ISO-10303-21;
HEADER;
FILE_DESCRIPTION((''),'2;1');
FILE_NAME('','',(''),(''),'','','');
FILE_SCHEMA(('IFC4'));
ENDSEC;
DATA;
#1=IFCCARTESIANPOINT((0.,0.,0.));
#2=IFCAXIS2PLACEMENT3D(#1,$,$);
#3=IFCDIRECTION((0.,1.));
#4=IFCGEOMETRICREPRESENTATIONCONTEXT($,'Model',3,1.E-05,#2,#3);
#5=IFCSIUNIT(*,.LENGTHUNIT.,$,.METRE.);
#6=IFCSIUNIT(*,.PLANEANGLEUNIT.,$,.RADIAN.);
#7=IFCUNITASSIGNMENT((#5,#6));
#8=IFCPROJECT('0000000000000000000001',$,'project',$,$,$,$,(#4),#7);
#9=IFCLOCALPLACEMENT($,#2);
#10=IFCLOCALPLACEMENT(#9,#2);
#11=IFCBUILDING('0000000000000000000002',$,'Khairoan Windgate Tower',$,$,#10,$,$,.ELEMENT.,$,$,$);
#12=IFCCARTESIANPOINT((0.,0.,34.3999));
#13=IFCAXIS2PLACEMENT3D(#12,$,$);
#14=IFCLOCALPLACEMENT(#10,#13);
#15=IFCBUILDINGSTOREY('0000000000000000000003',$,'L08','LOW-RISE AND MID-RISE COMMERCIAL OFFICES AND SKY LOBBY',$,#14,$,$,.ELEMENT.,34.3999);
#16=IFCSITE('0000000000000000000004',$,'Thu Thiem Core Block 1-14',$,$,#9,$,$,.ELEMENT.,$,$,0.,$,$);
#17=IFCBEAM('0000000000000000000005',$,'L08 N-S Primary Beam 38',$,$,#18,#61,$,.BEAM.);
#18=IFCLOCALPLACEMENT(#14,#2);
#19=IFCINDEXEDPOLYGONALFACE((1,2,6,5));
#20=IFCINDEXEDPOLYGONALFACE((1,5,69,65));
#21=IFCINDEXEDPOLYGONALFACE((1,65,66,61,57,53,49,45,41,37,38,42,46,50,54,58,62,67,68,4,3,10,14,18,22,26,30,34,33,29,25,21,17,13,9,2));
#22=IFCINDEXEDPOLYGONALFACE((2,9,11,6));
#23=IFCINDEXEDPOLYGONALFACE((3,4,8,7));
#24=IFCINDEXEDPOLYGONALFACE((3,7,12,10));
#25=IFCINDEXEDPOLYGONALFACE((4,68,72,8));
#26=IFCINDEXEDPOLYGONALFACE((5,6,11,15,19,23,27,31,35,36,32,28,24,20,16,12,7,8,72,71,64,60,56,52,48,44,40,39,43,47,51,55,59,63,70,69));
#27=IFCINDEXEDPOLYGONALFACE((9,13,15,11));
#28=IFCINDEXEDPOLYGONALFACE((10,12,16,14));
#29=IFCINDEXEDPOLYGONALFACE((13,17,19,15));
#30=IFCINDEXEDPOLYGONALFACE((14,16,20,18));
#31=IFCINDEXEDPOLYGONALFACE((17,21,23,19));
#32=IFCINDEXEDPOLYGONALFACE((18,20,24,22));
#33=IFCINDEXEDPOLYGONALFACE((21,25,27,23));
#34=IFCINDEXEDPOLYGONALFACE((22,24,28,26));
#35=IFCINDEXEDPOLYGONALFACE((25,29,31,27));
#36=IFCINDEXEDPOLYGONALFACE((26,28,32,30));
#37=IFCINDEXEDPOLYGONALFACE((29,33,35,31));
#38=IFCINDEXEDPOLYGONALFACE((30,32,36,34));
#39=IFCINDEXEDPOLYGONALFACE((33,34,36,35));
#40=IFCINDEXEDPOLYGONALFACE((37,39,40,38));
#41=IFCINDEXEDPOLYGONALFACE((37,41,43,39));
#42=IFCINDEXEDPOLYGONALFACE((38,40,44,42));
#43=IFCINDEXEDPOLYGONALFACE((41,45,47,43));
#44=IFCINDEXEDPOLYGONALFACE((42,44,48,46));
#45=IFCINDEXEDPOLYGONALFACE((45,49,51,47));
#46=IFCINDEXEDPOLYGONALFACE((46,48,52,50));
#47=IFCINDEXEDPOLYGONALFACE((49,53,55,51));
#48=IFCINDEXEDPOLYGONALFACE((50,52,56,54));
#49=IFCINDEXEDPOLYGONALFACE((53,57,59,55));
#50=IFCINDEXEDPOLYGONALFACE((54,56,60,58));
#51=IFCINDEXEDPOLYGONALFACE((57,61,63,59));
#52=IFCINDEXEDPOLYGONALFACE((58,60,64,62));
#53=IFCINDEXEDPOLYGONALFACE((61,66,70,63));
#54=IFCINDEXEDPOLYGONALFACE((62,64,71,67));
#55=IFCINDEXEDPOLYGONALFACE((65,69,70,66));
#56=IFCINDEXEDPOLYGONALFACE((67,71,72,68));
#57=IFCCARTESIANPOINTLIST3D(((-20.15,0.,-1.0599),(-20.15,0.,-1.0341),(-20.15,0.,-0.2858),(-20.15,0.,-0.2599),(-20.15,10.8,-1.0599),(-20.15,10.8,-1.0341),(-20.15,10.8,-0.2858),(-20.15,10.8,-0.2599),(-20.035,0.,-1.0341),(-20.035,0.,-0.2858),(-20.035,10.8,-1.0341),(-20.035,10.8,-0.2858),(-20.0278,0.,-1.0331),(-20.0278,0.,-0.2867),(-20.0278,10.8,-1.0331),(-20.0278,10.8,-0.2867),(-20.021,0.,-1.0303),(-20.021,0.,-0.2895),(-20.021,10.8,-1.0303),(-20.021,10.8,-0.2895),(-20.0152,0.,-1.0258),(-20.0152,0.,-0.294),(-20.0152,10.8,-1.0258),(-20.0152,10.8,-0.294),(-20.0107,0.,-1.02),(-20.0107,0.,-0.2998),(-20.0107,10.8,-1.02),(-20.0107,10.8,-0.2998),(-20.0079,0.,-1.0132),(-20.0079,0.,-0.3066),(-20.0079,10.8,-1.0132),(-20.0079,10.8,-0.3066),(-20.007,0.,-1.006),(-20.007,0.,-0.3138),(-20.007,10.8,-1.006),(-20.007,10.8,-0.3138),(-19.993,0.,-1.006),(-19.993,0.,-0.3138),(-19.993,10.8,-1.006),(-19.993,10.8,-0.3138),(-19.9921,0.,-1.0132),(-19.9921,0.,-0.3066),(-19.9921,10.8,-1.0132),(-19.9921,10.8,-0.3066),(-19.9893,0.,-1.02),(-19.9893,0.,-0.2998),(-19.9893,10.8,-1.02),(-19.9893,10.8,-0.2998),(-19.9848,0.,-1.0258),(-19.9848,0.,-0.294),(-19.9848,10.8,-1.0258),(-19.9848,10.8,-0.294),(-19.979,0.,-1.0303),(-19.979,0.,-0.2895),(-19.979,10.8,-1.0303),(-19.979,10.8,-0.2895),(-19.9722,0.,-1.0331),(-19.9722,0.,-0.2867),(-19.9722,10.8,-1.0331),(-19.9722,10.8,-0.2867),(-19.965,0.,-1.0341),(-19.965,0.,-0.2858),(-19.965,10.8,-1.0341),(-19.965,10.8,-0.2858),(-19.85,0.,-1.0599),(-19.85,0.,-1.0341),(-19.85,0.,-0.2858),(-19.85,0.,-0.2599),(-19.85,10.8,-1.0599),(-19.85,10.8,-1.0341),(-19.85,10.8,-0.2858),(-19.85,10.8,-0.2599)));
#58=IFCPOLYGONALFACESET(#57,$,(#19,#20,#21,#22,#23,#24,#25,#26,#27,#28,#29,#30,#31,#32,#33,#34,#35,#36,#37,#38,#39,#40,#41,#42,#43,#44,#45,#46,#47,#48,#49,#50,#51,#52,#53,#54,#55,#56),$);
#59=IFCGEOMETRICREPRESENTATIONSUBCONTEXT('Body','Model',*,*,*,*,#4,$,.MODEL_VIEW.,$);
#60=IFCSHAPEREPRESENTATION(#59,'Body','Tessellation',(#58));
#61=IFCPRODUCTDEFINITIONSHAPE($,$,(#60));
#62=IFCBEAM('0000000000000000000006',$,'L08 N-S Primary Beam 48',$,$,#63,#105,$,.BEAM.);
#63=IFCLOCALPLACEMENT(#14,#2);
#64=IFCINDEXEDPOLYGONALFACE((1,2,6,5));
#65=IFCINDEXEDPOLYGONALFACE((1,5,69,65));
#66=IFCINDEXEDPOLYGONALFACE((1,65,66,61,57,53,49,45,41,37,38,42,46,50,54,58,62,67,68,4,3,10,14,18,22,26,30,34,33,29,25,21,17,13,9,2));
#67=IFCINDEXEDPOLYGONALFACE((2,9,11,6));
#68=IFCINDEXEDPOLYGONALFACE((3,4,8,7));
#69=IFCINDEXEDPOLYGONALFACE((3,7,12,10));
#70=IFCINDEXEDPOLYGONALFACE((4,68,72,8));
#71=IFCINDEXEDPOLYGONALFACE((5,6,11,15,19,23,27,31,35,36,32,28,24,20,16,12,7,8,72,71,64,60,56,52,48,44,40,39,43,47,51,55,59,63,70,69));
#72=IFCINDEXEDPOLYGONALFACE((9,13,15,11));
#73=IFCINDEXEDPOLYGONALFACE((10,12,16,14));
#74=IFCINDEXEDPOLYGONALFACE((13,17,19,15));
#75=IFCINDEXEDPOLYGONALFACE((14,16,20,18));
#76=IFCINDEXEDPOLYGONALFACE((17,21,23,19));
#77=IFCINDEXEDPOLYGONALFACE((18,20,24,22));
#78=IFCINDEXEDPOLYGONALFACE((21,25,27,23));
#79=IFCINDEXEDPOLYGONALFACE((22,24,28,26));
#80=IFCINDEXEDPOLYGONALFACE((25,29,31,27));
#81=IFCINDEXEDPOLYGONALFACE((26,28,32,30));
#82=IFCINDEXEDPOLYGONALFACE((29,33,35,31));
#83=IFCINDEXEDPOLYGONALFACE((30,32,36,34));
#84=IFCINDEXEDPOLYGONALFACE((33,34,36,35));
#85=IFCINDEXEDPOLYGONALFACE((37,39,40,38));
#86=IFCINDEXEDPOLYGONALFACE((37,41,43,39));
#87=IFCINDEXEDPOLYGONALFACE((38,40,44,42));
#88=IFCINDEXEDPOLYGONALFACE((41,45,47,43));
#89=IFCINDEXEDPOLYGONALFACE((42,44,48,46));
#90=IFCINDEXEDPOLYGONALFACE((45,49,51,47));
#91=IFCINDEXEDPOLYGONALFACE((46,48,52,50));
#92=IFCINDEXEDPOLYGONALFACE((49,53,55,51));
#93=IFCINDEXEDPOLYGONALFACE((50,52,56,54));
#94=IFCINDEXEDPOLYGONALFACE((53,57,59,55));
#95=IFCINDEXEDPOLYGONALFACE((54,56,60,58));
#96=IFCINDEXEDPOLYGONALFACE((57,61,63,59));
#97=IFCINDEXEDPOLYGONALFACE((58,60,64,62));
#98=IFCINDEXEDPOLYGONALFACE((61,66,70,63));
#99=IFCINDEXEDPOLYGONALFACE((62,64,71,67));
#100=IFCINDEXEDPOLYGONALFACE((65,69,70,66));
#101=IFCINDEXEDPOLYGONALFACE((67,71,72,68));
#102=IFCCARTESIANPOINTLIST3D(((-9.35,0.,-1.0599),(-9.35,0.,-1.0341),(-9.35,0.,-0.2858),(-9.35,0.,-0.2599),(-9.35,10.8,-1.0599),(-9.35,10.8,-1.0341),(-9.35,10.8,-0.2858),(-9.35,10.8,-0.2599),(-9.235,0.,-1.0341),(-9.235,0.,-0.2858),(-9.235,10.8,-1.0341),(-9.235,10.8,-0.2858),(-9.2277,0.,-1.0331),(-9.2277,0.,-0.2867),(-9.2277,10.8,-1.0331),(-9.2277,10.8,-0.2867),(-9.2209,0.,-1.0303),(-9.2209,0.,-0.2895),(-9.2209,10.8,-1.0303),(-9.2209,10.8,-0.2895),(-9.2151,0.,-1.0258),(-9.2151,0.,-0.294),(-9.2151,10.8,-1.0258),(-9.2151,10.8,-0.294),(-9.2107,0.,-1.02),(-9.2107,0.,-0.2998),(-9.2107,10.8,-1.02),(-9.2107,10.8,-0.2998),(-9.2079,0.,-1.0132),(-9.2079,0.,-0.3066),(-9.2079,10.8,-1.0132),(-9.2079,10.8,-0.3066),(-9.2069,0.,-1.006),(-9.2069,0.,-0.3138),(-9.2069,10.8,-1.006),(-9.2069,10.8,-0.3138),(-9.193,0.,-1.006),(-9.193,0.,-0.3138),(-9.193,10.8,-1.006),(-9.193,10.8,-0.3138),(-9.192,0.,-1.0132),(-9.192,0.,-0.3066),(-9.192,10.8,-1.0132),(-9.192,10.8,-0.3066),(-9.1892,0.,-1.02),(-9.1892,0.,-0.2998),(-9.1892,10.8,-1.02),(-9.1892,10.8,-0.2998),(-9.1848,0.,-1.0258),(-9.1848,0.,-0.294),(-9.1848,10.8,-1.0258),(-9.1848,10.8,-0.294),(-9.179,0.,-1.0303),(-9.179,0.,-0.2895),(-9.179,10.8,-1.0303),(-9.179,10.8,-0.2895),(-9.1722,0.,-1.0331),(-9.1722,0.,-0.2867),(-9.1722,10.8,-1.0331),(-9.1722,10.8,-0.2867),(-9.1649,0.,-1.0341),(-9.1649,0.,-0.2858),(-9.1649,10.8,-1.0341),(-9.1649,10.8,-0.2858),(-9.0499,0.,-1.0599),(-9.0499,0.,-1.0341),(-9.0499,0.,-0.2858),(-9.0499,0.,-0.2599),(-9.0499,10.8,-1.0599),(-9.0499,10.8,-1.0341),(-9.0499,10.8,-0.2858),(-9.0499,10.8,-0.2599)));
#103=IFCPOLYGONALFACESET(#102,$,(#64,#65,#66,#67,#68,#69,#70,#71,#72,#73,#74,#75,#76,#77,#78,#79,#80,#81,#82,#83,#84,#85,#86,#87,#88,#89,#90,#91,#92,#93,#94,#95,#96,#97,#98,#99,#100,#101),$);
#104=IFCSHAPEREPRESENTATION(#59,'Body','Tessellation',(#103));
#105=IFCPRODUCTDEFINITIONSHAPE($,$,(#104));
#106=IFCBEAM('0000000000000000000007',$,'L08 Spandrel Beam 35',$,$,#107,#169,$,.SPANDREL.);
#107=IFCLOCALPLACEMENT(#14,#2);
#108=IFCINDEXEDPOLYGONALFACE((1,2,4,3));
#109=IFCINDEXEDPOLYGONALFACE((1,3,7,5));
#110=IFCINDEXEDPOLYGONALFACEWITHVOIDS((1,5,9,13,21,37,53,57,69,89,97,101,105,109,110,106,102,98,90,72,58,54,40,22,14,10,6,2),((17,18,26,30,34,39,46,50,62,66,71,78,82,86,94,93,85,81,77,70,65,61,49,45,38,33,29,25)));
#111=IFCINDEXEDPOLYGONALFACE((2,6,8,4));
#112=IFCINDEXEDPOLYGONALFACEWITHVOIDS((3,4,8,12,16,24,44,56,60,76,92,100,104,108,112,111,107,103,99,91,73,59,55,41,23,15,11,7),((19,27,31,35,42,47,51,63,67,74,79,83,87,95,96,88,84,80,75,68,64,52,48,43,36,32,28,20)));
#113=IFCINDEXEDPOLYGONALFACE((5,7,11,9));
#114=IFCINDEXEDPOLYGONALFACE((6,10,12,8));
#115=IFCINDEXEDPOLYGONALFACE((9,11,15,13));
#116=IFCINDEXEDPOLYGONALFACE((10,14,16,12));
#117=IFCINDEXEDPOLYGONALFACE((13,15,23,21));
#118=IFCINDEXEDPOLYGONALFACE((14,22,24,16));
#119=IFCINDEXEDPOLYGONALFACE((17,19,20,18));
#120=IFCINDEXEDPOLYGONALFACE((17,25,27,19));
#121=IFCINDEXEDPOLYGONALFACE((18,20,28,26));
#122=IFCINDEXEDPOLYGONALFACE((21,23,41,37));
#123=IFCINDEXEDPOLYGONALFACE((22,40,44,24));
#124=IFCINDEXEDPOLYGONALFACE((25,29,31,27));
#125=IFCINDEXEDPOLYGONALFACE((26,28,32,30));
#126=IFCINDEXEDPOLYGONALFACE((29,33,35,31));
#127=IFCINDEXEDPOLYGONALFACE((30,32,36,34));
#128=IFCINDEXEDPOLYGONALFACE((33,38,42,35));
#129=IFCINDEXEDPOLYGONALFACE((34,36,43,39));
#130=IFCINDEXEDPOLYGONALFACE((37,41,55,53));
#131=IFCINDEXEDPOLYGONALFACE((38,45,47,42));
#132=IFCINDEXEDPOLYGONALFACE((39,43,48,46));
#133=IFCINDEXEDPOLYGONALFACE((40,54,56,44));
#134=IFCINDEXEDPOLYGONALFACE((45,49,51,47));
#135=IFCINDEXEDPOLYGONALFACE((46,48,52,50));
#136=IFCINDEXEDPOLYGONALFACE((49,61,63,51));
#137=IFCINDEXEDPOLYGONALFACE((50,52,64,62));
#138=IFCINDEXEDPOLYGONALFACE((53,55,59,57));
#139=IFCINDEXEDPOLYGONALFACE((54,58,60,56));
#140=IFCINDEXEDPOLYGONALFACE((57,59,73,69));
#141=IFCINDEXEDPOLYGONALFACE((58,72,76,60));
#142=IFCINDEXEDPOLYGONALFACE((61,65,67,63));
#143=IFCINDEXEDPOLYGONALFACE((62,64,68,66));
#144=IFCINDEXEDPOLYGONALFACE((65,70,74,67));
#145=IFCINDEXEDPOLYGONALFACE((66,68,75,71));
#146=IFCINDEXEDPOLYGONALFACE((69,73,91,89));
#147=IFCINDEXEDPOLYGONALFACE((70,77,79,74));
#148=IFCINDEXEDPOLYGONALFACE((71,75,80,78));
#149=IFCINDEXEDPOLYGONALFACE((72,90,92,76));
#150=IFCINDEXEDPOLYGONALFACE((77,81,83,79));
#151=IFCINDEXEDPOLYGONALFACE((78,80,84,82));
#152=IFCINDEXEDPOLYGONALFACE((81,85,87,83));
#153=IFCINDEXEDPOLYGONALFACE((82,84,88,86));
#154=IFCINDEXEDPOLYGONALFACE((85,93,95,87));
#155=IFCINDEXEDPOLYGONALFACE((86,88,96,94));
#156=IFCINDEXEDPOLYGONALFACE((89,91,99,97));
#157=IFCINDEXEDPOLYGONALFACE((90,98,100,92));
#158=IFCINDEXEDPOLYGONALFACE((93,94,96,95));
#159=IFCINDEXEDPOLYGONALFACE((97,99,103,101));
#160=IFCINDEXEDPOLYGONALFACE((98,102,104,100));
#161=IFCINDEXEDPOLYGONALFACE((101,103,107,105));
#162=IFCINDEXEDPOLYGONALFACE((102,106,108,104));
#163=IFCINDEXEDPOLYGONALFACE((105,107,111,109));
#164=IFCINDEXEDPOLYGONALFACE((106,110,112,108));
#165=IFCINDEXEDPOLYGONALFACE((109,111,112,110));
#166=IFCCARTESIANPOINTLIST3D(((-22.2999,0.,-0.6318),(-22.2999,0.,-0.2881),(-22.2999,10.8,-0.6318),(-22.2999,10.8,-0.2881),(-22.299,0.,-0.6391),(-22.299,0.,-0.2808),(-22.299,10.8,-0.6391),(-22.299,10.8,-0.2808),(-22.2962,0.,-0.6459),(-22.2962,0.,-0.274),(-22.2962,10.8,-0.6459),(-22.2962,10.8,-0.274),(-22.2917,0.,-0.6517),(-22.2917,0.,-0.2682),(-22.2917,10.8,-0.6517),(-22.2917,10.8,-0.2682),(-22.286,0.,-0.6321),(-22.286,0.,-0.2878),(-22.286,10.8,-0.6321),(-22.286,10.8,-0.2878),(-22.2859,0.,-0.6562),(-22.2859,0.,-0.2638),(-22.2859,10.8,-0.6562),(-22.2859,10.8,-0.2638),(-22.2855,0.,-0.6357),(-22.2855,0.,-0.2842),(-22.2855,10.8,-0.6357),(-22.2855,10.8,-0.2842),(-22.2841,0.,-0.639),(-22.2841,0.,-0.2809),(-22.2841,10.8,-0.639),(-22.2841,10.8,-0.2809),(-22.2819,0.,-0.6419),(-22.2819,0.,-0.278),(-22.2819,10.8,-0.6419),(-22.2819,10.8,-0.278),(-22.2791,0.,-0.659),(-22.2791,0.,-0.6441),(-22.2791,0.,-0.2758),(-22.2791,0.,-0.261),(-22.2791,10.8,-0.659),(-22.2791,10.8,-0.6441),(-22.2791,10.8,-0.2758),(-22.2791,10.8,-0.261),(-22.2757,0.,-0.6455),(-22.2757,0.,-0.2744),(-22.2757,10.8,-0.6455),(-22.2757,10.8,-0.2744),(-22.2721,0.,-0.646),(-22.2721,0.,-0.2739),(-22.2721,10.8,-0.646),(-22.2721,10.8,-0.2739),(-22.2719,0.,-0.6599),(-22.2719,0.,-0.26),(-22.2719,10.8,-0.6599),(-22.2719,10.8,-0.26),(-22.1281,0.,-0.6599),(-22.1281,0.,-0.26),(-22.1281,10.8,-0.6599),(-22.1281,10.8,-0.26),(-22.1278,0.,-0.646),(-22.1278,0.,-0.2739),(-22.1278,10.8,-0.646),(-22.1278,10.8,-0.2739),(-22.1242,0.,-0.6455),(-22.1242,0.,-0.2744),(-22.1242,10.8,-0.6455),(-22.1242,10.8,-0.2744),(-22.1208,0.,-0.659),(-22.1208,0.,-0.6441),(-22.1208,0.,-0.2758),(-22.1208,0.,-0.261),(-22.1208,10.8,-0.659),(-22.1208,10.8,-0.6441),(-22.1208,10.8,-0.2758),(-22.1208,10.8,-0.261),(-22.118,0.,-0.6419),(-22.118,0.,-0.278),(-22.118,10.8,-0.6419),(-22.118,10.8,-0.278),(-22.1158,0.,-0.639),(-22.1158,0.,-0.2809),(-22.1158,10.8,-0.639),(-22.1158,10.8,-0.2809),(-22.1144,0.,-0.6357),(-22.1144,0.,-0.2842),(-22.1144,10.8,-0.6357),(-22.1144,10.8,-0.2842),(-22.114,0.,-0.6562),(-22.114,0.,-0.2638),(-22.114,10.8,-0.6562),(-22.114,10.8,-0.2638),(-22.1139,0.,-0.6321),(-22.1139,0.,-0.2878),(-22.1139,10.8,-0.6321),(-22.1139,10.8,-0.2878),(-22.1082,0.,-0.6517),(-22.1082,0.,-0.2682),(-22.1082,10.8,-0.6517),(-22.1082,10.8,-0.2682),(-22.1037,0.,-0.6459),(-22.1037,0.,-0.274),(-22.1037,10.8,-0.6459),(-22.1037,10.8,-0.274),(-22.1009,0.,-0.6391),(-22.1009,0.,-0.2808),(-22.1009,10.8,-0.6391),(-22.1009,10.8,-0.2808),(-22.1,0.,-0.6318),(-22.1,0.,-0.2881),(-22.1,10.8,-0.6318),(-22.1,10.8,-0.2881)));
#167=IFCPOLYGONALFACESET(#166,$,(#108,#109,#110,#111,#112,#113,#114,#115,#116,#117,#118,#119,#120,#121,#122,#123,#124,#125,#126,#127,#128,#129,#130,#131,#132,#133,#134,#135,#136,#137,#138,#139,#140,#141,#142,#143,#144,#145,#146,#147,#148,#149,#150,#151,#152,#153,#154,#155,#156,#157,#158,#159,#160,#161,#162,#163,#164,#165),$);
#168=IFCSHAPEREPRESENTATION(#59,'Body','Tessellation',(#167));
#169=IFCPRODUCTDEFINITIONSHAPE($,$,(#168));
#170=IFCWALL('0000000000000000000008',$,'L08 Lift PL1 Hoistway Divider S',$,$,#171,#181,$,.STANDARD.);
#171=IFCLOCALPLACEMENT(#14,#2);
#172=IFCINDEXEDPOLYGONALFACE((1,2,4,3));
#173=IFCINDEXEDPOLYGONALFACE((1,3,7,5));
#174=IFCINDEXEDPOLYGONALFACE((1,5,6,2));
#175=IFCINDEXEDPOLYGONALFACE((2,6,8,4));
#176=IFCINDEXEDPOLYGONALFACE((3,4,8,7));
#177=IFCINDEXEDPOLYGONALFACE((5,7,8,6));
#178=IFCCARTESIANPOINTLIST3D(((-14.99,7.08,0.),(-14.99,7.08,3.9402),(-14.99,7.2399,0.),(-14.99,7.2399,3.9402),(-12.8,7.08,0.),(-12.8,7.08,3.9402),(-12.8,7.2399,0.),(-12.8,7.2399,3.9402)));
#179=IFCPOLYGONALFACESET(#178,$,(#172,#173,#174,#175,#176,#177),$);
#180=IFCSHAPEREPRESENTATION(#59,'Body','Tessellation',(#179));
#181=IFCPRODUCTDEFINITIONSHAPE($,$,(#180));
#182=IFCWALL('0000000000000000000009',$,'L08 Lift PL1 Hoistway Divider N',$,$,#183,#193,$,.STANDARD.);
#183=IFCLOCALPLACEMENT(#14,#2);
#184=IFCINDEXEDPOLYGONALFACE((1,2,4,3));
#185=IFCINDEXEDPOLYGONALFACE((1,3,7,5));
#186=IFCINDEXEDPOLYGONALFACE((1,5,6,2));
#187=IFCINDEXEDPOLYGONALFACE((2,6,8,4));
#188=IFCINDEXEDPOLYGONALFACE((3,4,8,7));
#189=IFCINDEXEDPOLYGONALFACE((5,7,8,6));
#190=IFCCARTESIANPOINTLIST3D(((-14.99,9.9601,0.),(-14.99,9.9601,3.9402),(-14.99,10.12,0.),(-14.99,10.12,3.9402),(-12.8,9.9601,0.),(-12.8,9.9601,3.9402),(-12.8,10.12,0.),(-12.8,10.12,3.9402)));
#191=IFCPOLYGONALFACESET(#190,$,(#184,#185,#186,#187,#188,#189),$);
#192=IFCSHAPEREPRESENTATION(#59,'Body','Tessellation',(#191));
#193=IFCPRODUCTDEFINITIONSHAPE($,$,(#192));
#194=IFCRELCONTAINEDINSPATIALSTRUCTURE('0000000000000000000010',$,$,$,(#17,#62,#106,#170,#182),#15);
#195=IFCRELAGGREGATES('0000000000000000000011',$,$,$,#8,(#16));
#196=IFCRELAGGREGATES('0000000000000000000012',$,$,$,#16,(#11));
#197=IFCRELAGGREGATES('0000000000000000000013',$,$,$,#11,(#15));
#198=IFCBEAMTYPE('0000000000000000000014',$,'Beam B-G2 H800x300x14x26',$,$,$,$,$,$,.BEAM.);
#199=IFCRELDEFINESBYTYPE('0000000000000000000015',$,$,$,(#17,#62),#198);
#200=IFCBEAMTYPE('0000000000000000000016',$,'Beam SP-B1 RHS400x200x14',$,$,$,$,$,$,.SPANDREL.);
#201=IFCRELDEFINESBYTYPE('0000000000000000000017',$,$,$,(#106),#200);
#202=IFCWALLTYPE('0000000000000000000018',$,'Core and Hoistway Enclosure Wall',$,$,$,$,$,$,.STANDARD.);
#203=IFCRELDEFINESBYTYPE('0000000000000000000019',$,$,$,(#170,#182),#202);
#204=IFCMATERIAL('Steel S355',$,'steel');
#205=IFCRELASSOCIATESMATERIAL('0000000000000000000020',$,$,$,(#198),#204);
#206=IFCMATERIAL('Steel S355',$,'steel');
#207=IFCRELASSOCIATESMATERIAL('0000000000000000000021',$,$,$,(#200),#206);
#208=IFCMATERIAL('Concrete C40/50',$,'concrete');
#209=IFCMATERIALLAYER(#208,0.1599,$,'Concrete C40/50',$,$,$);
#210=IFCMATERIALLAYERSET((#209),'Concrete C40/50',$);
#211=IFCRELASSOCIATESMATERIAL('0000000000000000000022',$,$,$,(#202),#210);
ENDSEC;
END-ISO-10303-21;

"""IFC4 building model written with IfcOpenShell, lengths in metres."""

from ifc_helpers import new_model, si_unit, direction, frame, frame_2d, origin, origin_2d, place, context, subcontext, project, spatial, rectangle, hollow_rectangle, i_section, extrude, material, layer, layer_set, material_profile, profile_set, type_object, element, save


model = new_model("IFC4")

# Units and contexts
model_context = context("Model", 3, precision=1e-05, world=origin(), true_north=direction((0.0, 1.0)))
body_context = subcontext(model_context, "Body", "Model", "MODEL_VIEW")
ifc_project = project(units=[si_unit("LENGTHUNIT", "METRE"), si_unit("PLANEANGLEUNIT", "RADIAN")], contexts=[model_context])

# Site, building, storey
site_placement = place(None, origin())
site = spatial("IfcSite", under=ifc_project, at=site_placement, Name="Thu Thiem Core Block 1-14", CompositionType="ELEMENT", RefElevation=0.0)
building_placement = place(site_placement, origin())
building = spatial("IfcBuilding", under=site, at=building_placement, Name="Khairoan Windgate Tower", CompositionType="ELEMENT")
storey_placement = place(building_placement, frame((0.0, 0.0, 34.3999)))
storey = spatial("IfcBuildingStorey", under=building, at=storey_placement, Name="L08", Description="LOW-RISE AND MID-RISE COMMERCIAL OFFICES AND SKY LOBBY", CompositionType="ELEMENT", Elevation=34.3999)

# Beams
ifc_material_1 = material(Name="Steel S355", Category="steel")
ifc_material_profile_1 = material_profile(ifc_material_1, i_section(OverallWidth=0.3, OverallDepth=0.8, WebThickness=0.0139, FlangeThickness=0.0259, FilletRadius=0.0281, at=origin_2d()))
ifc_profile_set_1 = profile_set([ifc_material_profile_1], Name="Steel S355")
beam_type_1 = type_object("IfcBeamType", Name="Beam B-G2 H800x300x14x26", PredefinedType="BEAM", material=ifc_profile_set_1)
for number, where, z_axis, x_axis, name in (
    (1, (-20.0, 0.0, -0.6599), (0.0, 1.0, 0.0), (-1.0, 0.0, 0.0), "L08 N-S Primary Beam 38"),
    (2, (-9.2, 0.0, -0.6599), (0.0, 1.0, 0.0), (-1.0, 0.0, 0.0), "L08 N-S Primary Beam 48"),
):
    element("IfcBeam", number, at=place(storey_placement, frame(where, z_axis=z_axis, x_axis=x_axis)), inside=storey, type_object=beam_type_1, Name=name, PredefinedType="BEAM", context=body_context, shape_type="SweptSolid", body=[
        extrude(i_section(OverallWidth=0.3, OverallDepth=0.8, WebThickness=0.0139, FlangeThickness=0.0259, FilletRadius=0.0281, at=origin_2d()), origin(), (0.0, 0.0, 1.0), 10.8),
    ])
ifc_material_2 = material(Name="Steel S355", Category="steel")
ifc_material_profile_2 = material_profile(ifc_material_2, hollow_rectangle(XDim=0.2, YDim=0.3999, WallThickness=0.0139, InnerFilletRadius=0.0139, OuterFilletRadius=0.0281, at=origin_2d()))
ifc_profile_set_2 = profile_set([ifc_material_profile_2], Name="Steel S355")
beam_type_2 = type_object("IfcBeamType", Name="Beam SP-B1 RHS400x200x14", PredefinedType="SPANDREL", material=ifc_profile_set_2)
beam_1_placement = place(storey_placement, frame((-22.2, 0.0, -0.46), z_axis=(0.0, 1.0, 0.0), x_axis=(-1.0, 0.0, 0.0)))
element("IfcBeam", 3, at=beam_1_placement, inside=storey, type_object=beam_type_2, Name="L08 Spandrel Beam 35", PredefinedType="SPANDREL", context=body_context, shape_type="SweptSolid", body=[
    extrude(hollow_rectangle(XDim=0.2, YDim=0.3999, WallThickness=0.0139, InnerFilletRadius=0.0139, OuterFilletRadius=0.0281, at=origin_2d()), origin(), (0.0, 0.0, 1.0), 10.8),
])

# Walls
ifc_material_3 = material(Name="Concrete C40/50", Category="concrete")
ifc_layer_1 = layer(ifc_material_3, 0.1599, Name="Concrete C40/50")
ifc_layer_set_1 = layer_set([ifc_layer_1], Name="Concrete C40/50")
wall_type_1 = type_object("IfcWallType", Name="Core and Hoistway Enclosure Wall", PredefinedType="STANDARD", material=ifc_layer_set_1)
for number, where, z_axis, x_axis, name in (
    (4, (-14.99, 7.1599, 0.0), (0.0, 0.0, 1.0), (1.0, 0.0, 0.0), "L08 Lift PL1 Hoistway Divider S"),
    (5, (-14.99, 10.04, 0.0), (0.0, 0.0, 1.0), (1.0, 0.0, 0.0), "L08 Lift PL1 Hoistway Divider N"),
):
    element("IfcWall", number, at=place(storey_placement, frame(where, z_axis=z_axis, x_axis=x_axis)), inside=storey, type_object=wall_type_1, Name=name, PredefinedType="STANDARD", context=body_context, shape_type="SweptSolid", body=[
        extrude(rectangle(XDim=2.1899, YDim=0.1599, at=frame_2d((1.095, 0.0))), origin(), (0.0, 0.0, 1.0), 3.9402),
    ])

save(model, "model.ifc")
